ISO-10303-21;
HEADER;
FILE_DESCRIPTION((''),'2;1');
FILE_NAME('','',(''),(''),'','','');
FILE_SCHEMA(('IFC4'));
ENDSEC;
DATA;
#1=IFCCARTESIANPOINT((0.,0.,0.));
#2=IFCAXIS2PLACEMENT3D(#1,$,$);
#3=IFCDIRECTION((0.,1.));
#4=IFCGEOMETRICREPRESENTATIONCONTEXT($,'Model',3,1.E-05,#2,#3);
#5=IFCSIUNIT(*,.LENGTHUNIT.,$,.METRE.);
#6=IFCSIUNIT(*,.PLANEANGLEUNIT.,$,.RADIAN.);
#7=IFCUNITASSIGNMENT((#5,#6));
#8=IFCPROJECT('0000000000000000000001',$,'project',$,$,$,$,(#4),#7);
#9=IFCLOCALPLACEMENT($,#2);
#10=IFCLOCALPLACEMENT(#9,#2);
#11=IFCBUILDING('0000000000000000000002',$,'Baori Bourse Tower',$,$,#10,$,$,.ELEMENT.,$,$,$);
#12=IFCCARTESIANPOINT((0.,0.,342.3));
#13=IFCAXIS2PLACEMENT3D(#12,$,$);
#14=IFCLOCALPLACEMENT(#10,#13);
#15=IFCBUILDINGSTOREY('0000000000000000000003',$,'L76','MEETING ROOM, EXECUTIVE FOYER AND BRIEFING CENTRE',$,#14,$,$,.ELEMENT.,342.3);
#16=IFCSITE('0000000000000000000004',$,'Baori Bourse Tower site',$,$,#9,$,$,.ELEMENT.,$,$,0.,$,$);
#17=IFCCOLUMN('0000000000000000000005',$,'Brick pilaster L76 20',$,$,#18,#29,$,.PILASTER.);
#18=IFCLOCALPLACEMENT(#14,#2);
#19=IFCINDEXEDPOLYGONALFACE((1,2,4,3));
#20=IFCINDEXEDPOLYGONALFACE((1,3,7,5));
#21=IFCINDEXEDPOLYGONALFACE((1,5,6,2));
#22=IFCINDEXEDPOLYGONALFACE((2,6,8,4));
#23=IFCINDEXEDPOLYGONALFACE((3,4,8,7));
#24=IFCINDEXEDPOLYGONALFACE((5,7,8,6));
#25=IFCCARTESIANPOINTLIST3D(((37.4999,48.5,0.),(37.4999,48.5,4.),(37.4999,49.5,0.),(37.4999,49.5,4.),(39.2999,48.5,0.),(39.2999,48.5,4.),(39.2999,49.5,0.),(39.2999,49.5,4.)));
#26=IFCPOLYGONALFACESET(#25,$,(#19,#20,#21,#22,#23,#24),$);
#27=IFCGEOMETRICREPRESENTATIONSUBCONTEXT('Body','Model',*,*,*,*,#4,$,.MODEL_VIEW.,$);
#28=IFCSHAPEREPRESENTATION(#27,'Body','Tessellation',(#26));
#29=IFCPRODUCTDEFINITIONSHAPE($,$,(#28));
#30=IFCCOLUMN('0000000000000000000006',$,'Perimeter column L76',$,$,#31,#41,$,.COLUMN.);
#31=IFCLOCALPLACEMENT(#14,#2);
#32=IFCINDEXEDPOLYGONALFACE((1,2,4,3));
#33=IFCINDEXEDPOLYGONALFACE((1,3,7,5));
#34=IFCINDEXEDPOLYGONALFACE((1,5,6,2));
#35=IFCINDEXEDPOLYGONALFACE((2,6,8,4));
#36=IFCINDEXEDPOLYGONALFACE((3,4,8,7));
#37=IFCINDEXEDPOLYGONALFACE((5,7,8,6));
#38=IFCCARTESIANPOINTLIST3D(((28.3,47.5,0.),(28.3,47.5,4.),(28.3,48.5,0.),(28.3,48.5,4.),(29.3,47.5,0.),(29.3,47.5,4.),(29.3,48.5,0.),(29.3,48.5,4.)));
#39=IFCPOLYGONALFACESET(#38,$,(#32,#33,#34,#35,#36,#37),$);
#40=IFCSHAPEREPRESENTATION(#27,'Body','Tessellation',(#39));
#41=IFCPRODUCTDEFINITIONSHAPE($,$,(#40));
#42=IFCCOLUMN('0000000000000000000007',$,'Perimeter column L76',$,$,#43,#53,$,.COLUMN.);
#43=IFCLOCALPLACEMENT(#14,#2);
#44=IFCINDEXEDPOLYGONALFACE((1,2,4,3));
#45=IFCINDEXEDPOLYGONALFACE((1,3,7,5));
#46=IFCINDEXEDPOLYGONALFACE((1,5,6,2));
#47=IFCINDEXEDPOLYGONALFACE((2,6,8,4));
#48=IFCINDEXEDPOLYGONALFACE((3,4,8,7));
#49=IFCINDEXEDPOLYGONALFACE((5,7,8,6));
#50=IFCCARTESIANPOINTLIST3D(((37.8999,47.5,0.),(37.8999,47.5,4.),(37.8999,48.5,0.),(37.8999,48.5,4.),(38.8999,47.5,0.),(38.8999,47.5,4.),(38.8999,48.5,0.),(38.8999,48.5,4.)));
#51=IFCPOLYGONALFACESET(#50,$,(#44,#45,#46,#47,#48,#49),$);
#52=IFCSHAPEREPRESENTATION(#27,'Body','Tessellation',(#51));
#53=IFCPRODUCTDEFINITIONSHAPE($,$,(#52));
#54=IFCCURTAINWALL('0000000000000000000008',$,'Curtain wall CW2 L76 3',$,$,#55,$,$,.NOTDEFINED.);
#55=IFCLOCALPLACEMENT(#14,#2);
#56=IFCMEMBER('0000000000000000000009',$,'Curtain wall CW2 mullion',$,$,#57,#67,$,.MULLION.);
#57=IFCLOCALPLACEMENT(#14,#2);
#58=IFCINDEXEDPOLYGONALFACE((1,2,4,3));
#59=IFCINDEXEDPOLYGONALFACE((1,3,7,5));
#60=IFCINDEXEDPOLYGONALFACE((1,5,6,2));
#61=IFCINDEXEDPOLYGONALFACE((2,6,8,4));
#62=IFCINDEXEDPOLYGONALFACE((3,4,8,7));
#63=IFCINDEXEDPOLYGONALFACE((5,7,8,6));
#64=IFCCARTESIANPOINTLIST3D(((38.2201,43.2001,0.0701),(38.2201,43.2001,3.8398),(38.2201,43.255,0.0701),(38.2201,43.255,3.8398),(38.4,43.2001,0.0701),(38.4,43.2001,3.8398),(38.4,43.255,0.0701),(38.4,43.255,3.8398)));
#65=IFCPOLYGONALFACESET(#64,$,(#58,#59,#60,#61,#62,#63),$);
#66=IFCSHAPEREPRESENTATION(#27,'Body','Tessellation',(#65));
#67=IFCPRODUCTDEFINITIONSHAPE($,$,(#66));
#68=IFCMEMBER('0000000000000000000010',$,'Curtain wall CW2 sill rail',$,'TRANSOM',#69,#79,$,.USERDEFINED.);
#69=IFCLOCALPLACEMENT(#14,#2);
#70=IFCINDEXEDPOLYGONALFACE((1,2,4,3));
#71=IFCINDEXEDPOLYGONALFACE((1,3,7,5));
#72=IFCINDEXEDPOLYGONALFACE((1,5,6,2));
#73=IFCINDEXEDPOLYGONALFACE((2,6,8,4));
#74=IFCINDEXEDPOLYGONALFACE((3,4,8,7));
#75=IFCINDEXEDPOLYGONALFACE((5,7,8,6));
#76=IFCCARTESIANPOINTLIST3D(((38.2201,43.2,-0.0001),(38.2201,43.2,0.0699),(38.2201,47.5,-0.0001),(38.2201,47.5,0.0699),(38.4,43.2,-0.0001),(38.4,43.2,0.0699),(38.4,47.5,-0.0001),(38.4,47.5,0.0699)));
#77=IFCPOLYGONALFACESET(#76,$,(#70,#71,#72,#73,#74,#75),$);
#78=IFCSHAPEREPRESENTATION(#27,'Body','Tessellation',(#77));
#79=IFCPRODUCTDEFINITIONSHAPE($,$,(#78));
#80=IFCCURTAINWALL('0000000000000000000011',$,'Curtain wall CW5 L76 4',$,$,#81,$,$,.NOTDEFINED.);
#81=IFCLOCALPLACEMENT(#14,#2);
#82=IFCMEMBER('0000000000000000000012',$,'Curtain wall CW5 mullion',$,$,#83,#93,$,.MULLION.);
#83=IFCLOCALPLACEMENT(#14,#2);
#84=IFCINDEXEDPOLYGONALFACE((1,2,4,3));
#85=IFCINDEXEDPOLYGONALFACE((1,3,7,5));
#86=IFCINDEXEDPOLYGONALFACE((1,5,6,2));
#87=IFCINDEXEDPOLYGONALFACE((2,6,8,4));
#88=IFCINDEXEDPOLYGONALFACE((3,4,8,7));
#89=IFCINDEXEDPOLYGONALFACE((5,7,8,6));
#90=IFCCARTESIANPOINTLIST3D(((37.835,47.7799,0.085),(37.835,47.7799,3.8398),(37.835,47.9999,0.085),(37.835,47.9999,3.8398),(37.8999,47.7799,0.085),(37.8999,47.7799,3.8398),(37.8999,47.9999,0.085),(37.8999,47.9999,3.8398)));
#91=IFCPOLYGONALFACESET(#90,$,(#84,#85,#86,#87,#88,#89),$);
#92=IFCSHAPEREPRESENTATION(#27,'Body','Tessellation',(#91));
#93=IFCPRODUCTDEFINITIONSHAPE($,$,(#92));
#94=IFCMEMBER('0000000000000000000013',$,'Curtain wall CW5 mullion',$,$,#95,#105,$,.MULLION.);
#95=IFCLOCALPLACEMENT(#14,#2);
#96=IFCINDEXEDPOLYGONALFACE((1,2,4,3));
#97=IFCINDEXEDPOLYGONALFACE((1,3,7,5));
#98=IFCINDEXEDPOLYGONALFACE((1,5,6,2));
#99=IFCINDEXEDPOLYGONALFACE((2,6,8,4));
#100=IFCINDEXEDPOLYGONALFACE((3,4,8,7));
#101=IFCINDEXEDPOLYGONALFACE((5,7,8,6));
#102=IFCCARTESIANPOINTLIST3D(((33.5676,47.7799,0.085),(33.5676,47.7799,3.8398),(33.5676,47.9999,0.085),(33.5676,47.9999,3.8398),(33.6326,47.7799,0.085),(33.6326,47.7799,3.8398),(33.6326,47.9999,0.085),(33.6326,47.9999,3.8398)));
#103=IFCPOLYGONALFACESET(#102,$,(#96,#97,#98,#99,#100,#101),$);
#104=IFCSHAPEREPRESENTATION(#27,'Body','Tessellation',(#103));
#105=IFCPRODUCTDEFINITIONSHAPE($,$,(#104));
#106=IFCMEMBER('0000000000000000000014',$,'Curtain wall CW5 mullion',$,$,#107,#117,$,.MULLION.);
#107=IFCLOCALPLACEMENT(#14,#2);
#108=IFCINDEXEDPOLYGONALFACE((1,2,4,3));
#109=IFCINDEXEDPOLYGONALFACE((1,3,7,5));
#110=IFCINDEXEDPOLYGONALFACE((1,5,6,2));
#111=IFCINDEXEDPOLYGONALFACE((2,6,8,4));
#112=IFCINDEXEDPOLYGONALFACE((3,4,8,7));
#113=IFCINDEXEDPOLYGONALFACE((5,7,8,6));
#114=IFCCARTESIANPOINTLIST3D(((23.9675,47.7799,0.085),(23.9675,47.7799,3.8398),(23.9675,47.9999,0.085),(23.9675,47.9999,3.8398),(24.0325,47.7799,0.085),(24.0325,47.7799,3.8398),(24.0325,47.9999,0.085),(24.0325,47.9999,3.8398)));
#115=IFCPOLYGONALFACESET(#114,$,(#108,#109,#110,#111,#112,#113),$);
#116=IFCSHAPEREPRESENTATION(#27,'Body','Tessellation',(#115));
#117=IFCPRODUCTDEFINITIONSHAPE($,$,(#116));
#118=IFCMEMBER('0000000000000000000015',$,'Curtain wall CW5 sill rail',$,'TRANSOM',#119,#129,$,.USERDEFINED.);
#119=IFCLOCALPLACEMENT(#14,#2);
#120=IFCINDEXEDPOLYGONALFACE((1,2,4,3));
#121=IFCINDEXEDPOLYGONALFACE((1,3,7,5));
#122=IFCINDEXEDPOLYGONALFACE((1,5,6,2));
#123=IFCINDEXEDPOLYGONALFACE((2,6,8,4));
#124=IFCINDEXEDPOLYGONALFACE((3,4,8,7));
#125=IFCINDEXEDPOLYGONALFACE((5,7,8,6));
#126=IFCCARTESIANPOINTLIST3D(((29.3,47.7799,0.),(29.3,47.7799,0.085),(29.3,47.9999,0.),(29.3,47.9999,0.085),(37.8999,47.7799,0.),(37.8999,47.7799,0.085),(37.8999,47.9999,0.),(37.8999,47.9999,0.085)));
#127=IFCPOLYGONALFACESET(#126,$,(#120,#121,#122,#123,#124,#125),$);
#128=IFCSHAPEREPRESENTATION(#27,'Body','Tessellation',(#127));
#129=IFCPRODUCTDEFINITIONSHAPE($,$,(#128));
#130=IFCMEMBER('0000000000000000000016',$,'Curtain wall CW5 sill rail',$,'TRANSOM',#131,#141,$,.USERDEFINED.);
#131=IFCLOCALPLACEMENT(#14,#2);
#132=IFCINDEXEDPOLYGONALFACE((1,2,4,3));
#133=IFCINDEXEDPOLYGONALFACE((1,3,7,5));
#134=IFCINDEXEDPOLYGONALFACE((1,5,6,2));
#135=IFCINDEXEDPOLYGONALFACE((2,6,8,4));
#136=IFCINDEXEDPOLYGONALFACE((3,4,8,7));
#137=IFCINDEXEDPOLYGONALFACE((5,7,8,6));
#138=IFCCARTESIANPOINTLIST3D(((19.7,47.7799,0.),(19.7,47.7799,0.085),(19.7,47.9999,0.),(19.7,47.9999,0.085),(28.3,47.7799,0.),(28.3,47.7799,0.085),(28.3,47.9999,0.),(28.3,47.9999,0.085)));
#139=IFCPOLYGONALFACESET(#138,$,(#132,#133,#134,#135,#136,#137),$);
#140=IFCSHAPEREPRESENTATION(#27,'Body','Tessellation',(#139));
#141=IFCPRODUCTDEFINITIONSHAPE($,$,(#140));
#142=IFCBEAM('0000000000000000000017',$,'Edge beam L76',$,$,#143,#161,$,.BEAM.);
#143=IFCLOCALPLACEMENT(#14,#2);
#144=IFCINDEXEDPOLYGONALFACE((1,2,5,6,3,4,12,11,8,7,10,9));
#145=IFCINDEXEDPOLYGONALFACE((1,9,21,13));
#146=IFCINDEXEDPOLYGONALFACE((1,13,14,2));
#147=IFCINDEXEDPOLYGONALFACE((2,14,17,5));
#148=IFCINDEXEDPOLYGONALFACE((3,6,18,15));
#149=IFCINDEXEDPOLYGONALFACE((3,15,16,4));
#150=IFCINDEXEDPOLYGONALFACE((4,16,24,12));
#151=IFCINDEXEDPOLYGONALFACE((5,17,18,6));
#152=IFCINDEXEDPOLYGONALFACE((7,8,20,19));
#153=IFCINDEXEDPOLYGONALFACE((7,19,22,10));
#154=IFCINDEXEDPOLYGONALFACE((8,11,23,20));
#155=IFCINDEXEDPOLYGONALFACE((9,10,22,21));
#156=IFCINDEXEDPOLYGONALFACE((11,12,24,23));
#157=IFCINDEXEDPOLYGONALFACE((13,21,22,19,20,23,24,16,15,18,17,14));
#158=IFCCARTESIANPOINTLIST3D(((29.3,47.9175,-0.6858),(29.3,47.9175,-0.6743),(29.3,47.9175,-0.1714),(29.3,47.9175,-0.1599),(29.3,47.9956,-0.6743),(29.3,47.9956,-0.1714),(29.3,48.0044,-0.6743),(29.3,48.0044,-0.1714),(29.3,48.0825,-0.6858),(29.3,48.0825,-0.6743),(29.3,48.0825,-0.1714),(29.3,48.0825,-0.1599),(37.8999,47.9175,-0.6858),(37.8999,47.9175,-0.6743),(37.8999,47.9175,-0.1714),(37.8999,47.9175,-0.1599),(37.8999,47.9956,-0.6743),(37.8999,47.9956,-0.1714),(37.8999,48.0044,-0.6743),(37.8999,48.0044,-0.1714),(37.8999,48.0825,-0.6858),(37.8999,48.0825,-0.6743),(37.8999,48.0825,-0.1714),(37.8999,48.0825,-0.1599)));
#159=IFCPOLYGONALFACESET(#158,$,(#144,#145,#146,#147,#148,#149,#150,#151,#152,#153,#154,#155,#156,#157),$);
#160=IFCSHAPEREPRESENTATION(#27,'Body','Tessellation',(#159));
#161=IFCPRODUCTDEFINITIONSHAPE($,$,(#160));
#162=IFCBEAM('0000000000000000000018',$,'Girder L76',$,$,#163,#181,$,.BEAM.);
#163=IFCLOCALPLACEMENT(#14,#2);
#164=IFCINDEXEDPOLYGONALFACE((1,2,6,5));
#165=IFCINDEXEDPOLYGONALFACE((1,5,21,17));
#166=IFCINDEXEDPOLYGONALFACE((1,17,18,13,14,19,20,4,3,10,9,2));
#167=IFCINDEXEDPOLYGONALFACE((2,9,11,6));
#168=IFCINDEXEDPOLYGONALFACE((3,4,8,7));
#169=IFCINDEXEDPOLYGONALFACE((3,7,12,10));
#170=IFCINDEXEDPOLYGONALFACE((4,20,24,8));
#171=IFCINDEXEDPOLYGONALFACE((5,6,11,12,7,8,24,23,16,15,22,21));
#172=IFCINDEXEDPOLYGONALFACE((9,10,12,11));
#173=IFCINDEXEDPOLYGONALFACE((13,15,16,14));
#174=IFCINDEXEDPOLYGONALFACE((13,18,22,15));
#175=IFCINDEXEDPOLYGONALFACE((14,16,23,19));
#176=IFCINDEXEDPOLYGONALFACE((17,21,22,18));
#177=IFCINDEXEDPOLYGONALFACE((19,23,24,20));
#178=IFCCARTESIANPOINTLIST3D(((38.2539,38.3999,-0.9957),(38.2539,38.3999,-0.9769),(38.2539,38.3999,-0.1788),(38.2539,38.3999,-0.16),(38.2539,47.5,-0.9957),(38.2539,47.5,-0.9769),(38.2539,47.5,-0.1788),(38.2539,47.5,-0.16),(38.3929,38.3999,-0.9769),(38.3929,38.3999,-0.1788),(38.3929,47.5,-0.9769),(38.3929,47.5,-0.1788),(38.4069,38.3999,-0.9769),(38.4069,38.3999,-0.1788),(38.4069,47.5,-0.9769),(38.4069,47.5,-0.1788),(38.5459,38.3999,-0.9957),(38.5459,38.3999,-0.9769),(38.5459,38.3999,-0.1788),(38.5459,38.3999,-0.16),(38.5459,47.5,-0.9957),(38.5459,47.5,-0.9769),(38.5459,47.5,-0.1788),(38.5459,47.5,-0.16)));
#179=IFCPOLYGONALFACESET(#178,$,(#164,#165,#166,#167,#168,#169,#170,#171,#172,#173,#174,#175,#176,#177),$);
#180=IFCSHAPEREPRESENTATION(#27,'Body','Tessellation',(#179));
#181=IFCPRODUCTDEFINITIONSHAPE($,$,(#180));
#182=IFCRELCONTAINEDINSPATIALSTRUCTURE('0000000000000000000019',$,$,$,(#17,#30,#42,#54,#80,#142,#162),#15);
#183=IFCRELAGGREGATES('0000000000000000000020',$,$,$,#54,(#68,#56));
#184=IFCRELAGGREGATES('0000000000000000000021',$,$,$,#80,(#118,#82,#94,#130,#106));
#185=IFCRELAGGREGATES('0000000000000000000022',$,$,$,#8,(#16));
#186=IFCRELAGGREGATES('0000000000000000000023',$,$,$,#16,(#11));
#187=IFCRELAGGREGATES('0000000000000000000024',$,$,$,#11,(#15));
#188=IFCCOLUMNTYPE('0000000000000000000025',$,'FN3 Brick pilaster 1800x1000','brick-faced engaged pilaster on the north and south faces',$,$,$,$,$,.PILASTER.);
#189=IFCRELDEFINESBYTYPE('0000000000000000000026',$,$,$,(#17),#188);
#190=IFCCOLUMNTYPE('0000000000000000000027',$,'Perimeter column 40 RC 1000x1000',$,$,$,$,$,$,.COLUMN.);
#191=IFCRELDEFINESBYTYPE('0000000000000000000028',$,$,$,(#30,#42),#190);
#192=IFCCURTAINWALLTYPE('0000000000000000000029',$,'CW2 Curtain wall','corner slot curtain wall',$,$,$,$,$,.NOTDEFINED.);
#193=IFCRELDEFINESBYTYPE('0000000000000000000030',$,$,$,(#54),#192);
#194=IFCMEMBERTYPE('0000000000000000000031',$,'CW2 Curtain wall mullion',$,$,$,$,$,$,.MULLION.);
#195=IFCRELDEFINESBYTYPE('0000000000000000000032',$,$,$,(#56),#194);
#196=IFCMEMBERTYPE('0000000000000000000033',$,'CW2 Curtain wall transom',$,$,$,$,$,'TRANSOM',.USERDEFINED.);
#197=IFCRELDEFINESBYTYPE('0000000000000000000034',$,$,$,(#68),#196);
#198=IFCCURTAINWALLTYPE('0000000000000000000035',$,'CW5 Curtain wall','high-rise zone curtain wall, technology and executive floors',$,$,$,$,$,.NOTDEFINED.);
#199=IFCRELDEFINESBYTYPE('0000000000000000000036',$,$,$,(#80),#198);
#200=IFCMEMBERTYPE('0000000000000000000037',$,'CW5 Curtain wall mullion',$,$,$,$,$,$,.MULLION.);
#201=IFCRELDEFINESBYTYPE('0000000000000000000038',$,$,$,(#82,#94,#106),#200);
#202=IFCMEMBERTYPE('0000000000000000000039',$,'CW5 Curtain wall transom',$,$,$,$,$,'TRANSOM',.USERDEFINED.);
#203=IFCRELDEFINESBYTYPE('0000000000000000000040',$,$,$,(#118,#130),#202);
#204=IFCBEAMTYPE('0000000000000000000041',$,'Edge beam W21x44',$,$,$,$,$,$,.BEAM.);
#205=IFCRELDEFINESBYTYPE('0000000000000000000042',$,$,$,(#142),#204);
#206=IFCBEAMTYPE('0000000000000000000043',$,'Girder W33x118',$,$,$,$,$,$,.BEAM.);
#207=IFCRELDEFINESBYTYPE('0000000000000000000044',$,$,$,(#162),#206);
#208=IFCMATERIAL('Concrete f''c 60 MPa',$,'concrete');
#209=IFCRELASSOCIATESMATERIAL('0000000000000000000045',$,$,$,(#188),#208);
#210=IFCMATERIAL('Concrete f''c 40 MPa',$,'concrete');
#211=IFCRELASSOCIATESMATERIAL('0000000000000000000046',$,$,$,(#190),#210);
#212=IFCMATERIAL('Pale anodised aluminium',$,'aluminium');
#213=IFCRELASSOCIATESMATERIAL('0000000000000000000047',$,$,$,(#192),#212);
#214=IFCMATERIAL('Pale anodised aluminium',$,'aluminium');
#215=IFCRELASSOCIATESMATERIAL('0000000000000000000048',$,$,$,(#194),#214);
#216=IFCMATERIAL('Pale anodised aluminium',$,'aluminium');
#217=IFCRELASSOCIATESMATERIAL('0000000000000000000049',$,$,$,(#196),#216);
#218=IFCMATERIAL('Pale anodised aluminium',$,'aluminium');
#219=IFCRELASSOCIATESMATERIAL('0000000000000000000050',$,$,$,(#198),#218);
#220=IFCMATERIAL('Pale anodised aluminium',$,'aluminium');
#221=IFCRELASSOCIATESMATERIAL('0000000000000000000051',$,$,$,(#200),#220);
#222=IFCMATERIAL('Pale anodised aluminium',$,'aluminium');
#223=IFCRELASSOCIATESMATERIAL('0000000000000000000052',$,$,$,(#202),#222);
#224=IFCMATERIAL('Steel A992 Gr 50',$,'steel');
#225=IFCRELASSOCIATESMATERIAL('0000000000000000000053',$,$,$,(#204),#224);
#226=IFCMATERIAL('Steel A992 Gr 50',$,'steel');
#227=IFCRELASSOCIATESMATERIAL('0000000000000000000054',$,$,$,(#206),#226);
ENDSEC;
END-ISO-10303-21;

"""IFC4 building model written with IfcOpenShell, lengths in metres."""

from ifc_helpers import new_model, si_unit, direction, frame, origin, origin_2d, place, context, subcontext, project, spatial, rectangle, i_section, extrude, material, material_profile, profile_set, type_object, element, aggregate, save


model = new_model("IFC4")

# Units and contexts
model_context = context("Model", 3, precision=1e-05, world=origin(), true_north=direction((0.0, 1.0)))
body_context = subcontext(model_context, "Body", "Model", "MODEL_VIEW")
ifc_project = project(units=[si_unit("LENGTHUNIT", "METRE"), si_unit("PLANEANGLEUNIT", "RADIAN")], contexts=[model_context])

# Site, building, storey
site_placement = place(None, origin())
site = spatial("IfcSite", under=ifc_project, at=site_placement, Name="Baori Bourse Tower site", CompositionType="ELEMENT", RefElevation=0.0)
building_placement = place(site_placement, origin())
building = spatial("IfcBuilding", under=site, at=building_placement, Name="Baori Bourse Tower", CompositionType="ELEMENT")
storey_placement = place(building_placement, frame((0.0, 0.0, 342.3)))
storey = spatial("IfcBuildingStorey", under=building, at=storey_placement, Name="L76", Description="MEETING ROOM, EXECUTIVE FOYER AND BRIEFING CENTRE", CompositionType="ELEMENT", Elevation=342.3)

# Columns
ifc_material_1 = material(Name="Concrete f'c 60 MPa", Category="concrete")
ifc_material_profile_1 = material_profile(ifc_material_1, rectangle(XDim=1.8, YDim=1.0, at=origin_2d()), Name="RC 1800x1000")
ifc_profile_set_1 = profile_set([ifc_material_profile_1], Name="Concrete f'c 60 MPa")
column_type_1 = type_object("IfcColumnType", Name="FN3 Brick pilaster 1800x1000", Description="brick-faced engaged pilaster on the north and south faces", PredefinedType="PILASTER", material=ifc_profile_set_1)
column_placement = place(storey_placement, frame((38.3999, 49.0, 0.0), z_axis=(0.0, 0.0, 1.0), x_axis=(1.0, 0.0, 0.0)))
element("IfcColumn", 1, at=column_placement, inside=storey, type_object=column_type_1, Name="Brick pilaster L76 20", PredefinedType="PILASTER", context=body_context, shape_type="SweptSolid", body=[
    extrude(rectangle(XDim=1.8, YDim=1.0, at=origin_2d()), origin(), (0.0, 0.0, 1.0), 4.0),
])
ifc_material_2 = material(Name="Concrete f'c 40 MPa", Category="concrete")
ifc_material_profile_2 = material_profile(ifc_material_2, rectangle(XDim=1.0, YDim=1.0, at=origin_2d()), Name="RC 1000x1000")
ifc_profile_set_2 = profile_set([ifc_material_profile_2], Name="Concrete f'c 40 MPa")
column_type_2 = type_object("IfcColumnType", Name="Perimeter column 40 RC 1000x1000", PredefinedType="COLUMN", material=ifc_profile_set_2)
for number, where, z_axis, x_axis, name in (
    (2, (28.8, 48.0, 0.0), (0.0, 0.0, 1.0), (1.0, 0.0, 0.0), "Perimeter column L76"),
    (3, (38.3999, 48.0, 0.0), (0.0, 0.0, 1.0), (1.0, 0.0, 0.0), "Perimeter column L76"),
):
    element("IfcColumn", number, at=place(storey_placement, frame(where, z_axis=z_axis, x_axis=x_axis)), inside=storey, type_object=column_type_2, Name=name, PredefinedType="COLUMN", context=body_context, shape_type="SweptSolid", body=[
        extrude(rectangle(XDim=1.0, YDim=1.0, at=origin_2d()), origin(), (0.0, 0.0, 1.0), 4.0),
    ])

# Curtain walls, members
ifc_material_3 = material(Name="Pale anodised aluminium", Category="aluminium")
curtain_wall_type_1 = type_object("IfcCurtainWallType", Name="CW2 Curtain wall", Description="corner slot curtain wall", PredefinedType="NOTDEFINED", material=ifc_material_3)
curtain_wall_1_placement = place(storey_placement, origin())
curtain_wall_1 = element("IfcCurtainWall", 4, at=curtain_wall_1_placement, inside=storey, type_object=curtain_wall_type_1, Name="Curtain wall CW2 L76 3", PredefinedType="NOTDEFINED")
ifc_material_4 = material(Name="Pale anodised aluminium", Category="aluminium")
ifc_material_profile_3 = material_profile(ifc_material_4, rectangle(XDim=0.1799, YDim=0.0549, at=origin_2d()), Name="Mullion 55x180")
ifc_profile_set_3 = profile_set([ifc_material_profile_3], Name="Pale anodised aluminium")
member_type_1 = type_object("IfcMemberType", Name="CW2 Curtain wall mullion", PredefinedType="MULLION", material=ifc_profile_set_3)
member_1_placement = place(storey_placement, frame((38.3101, 43.2275, 0.0701), z_axis=(0.0, 0.0, 1.0), x_axis=(-1.0, 0.0, 0.0)))
member_1 = element("IfcMember", 5, at=member_1_placement, type_object=member_type_1, Name="Curtain wall CW2 mullion", PredefinedType="MULLION", context=body_context, shape_type="SweptSolid", body=[
    extrude(rectangle(XDim=0.1799, YDim=0.0549, at=origin_2d()), origin(), (0.0, 0.0, 1.0), 3.7698),
])
ifc_material_5 = material(Name="Pale anodised aluminium", Category="aluminium")
ifc_material_profile_4 = material_profile(ifc_material_5, rectangle(XDim=0.1799, YDim=0.0701, at=origin_2d()), Name="Transom 70x180")
ifc_profile_set_4 = profile_set([ifc_material_profile_4], Name="Pale anodised aluminium")
member_type_2 = type_object("IfcMemberType", Name="CW2 Curtain wall transom", ElementType="TRANSOM", PredefinedType="USERDEFINED", material=ifc_profile_set_4)
member_2_placement = place(storey_placement, frame((38.3101, 43.2, 0.0349), z_axis=(0.0, 1.0, 0.0), x_axis=(-1.0, 0.0, 0.0)))
member_2 = element("IfcMember", 6, at=member_2_placement, type_object=member_type_2, Name="Curtain wall CW2 sill rail", ObjectType="TRANSOM", PredefinedType="USERDEFINED", context=body_context, shape_type="SweptSolid", body=[
    extrude(rectangle(XDim=0.1799, YDim=0.0701, at=origin_2d()), origin(), (0.0, 0.0, 1.0), 4.3),
])
ifc_material_6 = material(Name="Pale anodised aluminium", Category="aluminium")
curtain_wall_type_2 = type_object("IfcCurtainWallType", Name="CW5 Curtain wall", Description="high-rise zone curtain wall, technology and executive floors", PredefinedType="NOTDEFINED", material=ifc_material_6)
curtain_wall_2_placement = place(storey_placement, origin())
curtain_wall_2 = element("IfcCurtainWall", 7, at=curtain_wall_2_placement, inside=storey, type_object=curtain_wall_type_2, Name="Curtain wall CW5 L76 4", PredefinedType="NOTDEFINED")
ifc_material_7 = material(Name="Pale anodised aluminium", Category="aluminium")
ifc_material_profile_5 = material_profile(ifc_material_7, rectangle(XDim=0.22, YDim=0.0649, at=origin_2d()), Name="Mullion 65x220")
ifc_profile_set_5 = profile_set([ifc_material_profile_5], Name="Pale anodised aluminium")
member_type_3 = type_object("IfcMemberType", Name="CW5 Curtain wall mullion", PredefinedType="MULLION", material=ifc_profile_set_5)
member_3_placement = place(storey_placement, frame((37.8674, 47.8899, 0.085), z_axis=(0.0, 0.0, 1.0), x_axis=(0.0, -1.0, 0.0)))
member_3 = element("IfcMember", 8, at=member_3_placement, type_object=member_type_3, Name="Curtain wall CW5 mullion", PredefinedType="MULLION", context=body_context, shape_type="SweptSolid", body=[
    extrude(rectangle(XDim=0.22, YDim=0.0649, at=origin_2d()), origin(), (0.0, 0.0, 1.0), 3.7549),
])
member_4_placement = place(storey_placement, frame((33.6001, 47.8899, 0.085), z_axis=(0.0, 0.0, 1.0), x_axis=(0.0, -1.0, 0.0)))
member_4 = element("IfcMember", 9, at=member_4_placement, type_object=member_type_3, Name="Curtain wall CW5 mullion", PredefinedType="MULLION", context=body_context, shape_type="SweptSolid", body=[
    extrude(rectangle(XDim=0.22, YDim=0.0649, at=origin_2d()), origin(), (0.0, 0.0, 1.0), 3.7549),
])
member_5_placement = place(storey_placement, frame((24.0, 47.8899, 0.085), z_axis=(0.0, 0.0, 1.0), x_axis=(0.0, -1.0, 0.0)))
member_5 = element("IfcMember", 10, at=member_5_placement, type_object=member_type_3, Name="Curtain wall CW5 mullion", PredefinedType="MULLION", context=body_context, shape_type="SweptSolid", body=[
    extrude(rectangle(XDim=0.22, YDim=0.0649, at=origin_2d()), origin(), (0.0, 0.0, 1.0), 3.7549),
])
ifc_material_8 = material(Name="Pale anodised aluminium", Category="aluminium")
ifc_material_profile_6 = material_profile(ifc_material_8, rectangle(XDim=0.22, YDim=0.085, at=origin_2d()), Name="Transom 85x220")
ifc_profile_set_6 = profile_set([ifc_material_profile_6], Name="Pale anodised aluminium")
member_type_4 = type_object("IfcMemberType", Name="CW5 Curtain wall transom", ElementType="TRANSOM", PredefinedType="USERDEFINED", material=ifc_profile_set_6)
member_6_placement = place(storey_placement, frame((37.8999, 47.8899, 0.0425), z_axis=(-1.0, 0.0, 0.0), x_axis=(0.0, -1.0, 0.0)))
member_6 = element("IfcMember", 11, at=member_6_placement, type_object=member_type_4, Name="Curtain wall CW5 sill rail", ObjectType="TRANSOM", PredefinedType="USERDEFINED", context=body_context, shape_type="SweptSolid", body=[
    extrude(rectangle(XDim=0.22, YDim=0.085, at=origin_2d()), origin(), (0.0, 0.0, 1.0), 8.5999),
])
member_7_placement = place(storey_placement, frame((28.3, 47.8899, 0.0425), z_axis=(-1.0, 0.0, 0.0), x_axis=(0.0, -1.0, 0.0)))
member_7 = element("IfcMember", 12, at=member_7_placement, type_object=member_type_4, Name="Curtain wall CW5 sill rail", ObjectType="TRANSOM", PredefinedType="USERDEFINED", context=body_context, shape_type="SweptSolid", body=[
    extrude(rectangle(XDim=0.22, YDim=0.085, at=origin_2d()), origin(), (0.0, 0.0, 1.0), 8.6001),
])

# Beams
ifc_material_9 = material(Name="Steel A992 Gr 50", Category="steel")
ifc_material_profile_7 = material_profile(ifc_material_9, i_section(OverallWidth=0.165, OverallDepth=0.5259, WebThickness=0.0088, FlangeThickness=0.0115, at=origin_2d()), Name="W21x44")
ifc_profile_set_7 = profile_set([ifc_material_profile_7], Name="Steel A992 Gr 50")
beam_type_1 = type_object("IfcBeamType", Name="Edge beam W21x44", PredefinedType="BEAM", material=ifc_profile_set_7)
beam_1_placement = place(storey_placement, frame((29.3, 48.0, -0.4229), z_axis=(1.0, 0.0, 0.0), x_axis=(0.0, 1.0, 0.0)))
element("IfcBeam", 13, at=beam_1_placement, inside=storey, type_object=beam_type_1, Name="Edge beam L76", PredefinedType="BEAM", context=body_context, shape_type="SweptSolid", body=[
    extrude(i_section(OverallWidth=0.165, OverallDepth=0.5259, WebThickness=0.0088, FlangeThickness=0.0115, at=origin_2d()), origin(), (0.0, 0.0, 1.0), 8.5999),
])
ifc_material_10 = material(Name="Steel A992 Gr 50", Category="steel")
ifc_material_profile_8 = material_profile(ifc_material_10, i_section(OverallWidth=0.292, OverallDepth=0.8357, WebThickness=0.0139, FlangeThickness=0.0188, at=origin_2d()), Name="W33x118")
ifc_profile_set_8 = profile_set([ifc_material_profile_8], Name="Steel A992 Gr 50")
beam_type_2 = type_object("IfcBeamType", Name="Girder W33x118", PredefinedType="BEAM", material=ifc_profile_set_8)
beam_2_placement = place(storey_placement, frame((38.3999, 38.3999, -0.5779), z_axis=(0.0, 1.0, 0.0), x_axis=(-1.0, 0.0, 0.0)))
element("IfcBeam", 14, at=beam_2_placement, inside=storey, type_object=beam_type_2, Name="Girder L76", PredefinedType="BEAM", context=body_context, shape_type="SweptSolid", body=[
    extrude(i_section(OverallWidth=0.292, OverallDepth=0.8357, WebThickness=0.0139, FlangeThickness=0.0188, at=origin_2d()), origin(), (0.0, 0.0, 1.0), 9.1001),
])

aggregate(curtain_wall_1, [member_2, member_1])
aggregate(curtain_wall_2, [member_6, member_3, member_4, member_7, member_5])

save(model, "model.ifc")
